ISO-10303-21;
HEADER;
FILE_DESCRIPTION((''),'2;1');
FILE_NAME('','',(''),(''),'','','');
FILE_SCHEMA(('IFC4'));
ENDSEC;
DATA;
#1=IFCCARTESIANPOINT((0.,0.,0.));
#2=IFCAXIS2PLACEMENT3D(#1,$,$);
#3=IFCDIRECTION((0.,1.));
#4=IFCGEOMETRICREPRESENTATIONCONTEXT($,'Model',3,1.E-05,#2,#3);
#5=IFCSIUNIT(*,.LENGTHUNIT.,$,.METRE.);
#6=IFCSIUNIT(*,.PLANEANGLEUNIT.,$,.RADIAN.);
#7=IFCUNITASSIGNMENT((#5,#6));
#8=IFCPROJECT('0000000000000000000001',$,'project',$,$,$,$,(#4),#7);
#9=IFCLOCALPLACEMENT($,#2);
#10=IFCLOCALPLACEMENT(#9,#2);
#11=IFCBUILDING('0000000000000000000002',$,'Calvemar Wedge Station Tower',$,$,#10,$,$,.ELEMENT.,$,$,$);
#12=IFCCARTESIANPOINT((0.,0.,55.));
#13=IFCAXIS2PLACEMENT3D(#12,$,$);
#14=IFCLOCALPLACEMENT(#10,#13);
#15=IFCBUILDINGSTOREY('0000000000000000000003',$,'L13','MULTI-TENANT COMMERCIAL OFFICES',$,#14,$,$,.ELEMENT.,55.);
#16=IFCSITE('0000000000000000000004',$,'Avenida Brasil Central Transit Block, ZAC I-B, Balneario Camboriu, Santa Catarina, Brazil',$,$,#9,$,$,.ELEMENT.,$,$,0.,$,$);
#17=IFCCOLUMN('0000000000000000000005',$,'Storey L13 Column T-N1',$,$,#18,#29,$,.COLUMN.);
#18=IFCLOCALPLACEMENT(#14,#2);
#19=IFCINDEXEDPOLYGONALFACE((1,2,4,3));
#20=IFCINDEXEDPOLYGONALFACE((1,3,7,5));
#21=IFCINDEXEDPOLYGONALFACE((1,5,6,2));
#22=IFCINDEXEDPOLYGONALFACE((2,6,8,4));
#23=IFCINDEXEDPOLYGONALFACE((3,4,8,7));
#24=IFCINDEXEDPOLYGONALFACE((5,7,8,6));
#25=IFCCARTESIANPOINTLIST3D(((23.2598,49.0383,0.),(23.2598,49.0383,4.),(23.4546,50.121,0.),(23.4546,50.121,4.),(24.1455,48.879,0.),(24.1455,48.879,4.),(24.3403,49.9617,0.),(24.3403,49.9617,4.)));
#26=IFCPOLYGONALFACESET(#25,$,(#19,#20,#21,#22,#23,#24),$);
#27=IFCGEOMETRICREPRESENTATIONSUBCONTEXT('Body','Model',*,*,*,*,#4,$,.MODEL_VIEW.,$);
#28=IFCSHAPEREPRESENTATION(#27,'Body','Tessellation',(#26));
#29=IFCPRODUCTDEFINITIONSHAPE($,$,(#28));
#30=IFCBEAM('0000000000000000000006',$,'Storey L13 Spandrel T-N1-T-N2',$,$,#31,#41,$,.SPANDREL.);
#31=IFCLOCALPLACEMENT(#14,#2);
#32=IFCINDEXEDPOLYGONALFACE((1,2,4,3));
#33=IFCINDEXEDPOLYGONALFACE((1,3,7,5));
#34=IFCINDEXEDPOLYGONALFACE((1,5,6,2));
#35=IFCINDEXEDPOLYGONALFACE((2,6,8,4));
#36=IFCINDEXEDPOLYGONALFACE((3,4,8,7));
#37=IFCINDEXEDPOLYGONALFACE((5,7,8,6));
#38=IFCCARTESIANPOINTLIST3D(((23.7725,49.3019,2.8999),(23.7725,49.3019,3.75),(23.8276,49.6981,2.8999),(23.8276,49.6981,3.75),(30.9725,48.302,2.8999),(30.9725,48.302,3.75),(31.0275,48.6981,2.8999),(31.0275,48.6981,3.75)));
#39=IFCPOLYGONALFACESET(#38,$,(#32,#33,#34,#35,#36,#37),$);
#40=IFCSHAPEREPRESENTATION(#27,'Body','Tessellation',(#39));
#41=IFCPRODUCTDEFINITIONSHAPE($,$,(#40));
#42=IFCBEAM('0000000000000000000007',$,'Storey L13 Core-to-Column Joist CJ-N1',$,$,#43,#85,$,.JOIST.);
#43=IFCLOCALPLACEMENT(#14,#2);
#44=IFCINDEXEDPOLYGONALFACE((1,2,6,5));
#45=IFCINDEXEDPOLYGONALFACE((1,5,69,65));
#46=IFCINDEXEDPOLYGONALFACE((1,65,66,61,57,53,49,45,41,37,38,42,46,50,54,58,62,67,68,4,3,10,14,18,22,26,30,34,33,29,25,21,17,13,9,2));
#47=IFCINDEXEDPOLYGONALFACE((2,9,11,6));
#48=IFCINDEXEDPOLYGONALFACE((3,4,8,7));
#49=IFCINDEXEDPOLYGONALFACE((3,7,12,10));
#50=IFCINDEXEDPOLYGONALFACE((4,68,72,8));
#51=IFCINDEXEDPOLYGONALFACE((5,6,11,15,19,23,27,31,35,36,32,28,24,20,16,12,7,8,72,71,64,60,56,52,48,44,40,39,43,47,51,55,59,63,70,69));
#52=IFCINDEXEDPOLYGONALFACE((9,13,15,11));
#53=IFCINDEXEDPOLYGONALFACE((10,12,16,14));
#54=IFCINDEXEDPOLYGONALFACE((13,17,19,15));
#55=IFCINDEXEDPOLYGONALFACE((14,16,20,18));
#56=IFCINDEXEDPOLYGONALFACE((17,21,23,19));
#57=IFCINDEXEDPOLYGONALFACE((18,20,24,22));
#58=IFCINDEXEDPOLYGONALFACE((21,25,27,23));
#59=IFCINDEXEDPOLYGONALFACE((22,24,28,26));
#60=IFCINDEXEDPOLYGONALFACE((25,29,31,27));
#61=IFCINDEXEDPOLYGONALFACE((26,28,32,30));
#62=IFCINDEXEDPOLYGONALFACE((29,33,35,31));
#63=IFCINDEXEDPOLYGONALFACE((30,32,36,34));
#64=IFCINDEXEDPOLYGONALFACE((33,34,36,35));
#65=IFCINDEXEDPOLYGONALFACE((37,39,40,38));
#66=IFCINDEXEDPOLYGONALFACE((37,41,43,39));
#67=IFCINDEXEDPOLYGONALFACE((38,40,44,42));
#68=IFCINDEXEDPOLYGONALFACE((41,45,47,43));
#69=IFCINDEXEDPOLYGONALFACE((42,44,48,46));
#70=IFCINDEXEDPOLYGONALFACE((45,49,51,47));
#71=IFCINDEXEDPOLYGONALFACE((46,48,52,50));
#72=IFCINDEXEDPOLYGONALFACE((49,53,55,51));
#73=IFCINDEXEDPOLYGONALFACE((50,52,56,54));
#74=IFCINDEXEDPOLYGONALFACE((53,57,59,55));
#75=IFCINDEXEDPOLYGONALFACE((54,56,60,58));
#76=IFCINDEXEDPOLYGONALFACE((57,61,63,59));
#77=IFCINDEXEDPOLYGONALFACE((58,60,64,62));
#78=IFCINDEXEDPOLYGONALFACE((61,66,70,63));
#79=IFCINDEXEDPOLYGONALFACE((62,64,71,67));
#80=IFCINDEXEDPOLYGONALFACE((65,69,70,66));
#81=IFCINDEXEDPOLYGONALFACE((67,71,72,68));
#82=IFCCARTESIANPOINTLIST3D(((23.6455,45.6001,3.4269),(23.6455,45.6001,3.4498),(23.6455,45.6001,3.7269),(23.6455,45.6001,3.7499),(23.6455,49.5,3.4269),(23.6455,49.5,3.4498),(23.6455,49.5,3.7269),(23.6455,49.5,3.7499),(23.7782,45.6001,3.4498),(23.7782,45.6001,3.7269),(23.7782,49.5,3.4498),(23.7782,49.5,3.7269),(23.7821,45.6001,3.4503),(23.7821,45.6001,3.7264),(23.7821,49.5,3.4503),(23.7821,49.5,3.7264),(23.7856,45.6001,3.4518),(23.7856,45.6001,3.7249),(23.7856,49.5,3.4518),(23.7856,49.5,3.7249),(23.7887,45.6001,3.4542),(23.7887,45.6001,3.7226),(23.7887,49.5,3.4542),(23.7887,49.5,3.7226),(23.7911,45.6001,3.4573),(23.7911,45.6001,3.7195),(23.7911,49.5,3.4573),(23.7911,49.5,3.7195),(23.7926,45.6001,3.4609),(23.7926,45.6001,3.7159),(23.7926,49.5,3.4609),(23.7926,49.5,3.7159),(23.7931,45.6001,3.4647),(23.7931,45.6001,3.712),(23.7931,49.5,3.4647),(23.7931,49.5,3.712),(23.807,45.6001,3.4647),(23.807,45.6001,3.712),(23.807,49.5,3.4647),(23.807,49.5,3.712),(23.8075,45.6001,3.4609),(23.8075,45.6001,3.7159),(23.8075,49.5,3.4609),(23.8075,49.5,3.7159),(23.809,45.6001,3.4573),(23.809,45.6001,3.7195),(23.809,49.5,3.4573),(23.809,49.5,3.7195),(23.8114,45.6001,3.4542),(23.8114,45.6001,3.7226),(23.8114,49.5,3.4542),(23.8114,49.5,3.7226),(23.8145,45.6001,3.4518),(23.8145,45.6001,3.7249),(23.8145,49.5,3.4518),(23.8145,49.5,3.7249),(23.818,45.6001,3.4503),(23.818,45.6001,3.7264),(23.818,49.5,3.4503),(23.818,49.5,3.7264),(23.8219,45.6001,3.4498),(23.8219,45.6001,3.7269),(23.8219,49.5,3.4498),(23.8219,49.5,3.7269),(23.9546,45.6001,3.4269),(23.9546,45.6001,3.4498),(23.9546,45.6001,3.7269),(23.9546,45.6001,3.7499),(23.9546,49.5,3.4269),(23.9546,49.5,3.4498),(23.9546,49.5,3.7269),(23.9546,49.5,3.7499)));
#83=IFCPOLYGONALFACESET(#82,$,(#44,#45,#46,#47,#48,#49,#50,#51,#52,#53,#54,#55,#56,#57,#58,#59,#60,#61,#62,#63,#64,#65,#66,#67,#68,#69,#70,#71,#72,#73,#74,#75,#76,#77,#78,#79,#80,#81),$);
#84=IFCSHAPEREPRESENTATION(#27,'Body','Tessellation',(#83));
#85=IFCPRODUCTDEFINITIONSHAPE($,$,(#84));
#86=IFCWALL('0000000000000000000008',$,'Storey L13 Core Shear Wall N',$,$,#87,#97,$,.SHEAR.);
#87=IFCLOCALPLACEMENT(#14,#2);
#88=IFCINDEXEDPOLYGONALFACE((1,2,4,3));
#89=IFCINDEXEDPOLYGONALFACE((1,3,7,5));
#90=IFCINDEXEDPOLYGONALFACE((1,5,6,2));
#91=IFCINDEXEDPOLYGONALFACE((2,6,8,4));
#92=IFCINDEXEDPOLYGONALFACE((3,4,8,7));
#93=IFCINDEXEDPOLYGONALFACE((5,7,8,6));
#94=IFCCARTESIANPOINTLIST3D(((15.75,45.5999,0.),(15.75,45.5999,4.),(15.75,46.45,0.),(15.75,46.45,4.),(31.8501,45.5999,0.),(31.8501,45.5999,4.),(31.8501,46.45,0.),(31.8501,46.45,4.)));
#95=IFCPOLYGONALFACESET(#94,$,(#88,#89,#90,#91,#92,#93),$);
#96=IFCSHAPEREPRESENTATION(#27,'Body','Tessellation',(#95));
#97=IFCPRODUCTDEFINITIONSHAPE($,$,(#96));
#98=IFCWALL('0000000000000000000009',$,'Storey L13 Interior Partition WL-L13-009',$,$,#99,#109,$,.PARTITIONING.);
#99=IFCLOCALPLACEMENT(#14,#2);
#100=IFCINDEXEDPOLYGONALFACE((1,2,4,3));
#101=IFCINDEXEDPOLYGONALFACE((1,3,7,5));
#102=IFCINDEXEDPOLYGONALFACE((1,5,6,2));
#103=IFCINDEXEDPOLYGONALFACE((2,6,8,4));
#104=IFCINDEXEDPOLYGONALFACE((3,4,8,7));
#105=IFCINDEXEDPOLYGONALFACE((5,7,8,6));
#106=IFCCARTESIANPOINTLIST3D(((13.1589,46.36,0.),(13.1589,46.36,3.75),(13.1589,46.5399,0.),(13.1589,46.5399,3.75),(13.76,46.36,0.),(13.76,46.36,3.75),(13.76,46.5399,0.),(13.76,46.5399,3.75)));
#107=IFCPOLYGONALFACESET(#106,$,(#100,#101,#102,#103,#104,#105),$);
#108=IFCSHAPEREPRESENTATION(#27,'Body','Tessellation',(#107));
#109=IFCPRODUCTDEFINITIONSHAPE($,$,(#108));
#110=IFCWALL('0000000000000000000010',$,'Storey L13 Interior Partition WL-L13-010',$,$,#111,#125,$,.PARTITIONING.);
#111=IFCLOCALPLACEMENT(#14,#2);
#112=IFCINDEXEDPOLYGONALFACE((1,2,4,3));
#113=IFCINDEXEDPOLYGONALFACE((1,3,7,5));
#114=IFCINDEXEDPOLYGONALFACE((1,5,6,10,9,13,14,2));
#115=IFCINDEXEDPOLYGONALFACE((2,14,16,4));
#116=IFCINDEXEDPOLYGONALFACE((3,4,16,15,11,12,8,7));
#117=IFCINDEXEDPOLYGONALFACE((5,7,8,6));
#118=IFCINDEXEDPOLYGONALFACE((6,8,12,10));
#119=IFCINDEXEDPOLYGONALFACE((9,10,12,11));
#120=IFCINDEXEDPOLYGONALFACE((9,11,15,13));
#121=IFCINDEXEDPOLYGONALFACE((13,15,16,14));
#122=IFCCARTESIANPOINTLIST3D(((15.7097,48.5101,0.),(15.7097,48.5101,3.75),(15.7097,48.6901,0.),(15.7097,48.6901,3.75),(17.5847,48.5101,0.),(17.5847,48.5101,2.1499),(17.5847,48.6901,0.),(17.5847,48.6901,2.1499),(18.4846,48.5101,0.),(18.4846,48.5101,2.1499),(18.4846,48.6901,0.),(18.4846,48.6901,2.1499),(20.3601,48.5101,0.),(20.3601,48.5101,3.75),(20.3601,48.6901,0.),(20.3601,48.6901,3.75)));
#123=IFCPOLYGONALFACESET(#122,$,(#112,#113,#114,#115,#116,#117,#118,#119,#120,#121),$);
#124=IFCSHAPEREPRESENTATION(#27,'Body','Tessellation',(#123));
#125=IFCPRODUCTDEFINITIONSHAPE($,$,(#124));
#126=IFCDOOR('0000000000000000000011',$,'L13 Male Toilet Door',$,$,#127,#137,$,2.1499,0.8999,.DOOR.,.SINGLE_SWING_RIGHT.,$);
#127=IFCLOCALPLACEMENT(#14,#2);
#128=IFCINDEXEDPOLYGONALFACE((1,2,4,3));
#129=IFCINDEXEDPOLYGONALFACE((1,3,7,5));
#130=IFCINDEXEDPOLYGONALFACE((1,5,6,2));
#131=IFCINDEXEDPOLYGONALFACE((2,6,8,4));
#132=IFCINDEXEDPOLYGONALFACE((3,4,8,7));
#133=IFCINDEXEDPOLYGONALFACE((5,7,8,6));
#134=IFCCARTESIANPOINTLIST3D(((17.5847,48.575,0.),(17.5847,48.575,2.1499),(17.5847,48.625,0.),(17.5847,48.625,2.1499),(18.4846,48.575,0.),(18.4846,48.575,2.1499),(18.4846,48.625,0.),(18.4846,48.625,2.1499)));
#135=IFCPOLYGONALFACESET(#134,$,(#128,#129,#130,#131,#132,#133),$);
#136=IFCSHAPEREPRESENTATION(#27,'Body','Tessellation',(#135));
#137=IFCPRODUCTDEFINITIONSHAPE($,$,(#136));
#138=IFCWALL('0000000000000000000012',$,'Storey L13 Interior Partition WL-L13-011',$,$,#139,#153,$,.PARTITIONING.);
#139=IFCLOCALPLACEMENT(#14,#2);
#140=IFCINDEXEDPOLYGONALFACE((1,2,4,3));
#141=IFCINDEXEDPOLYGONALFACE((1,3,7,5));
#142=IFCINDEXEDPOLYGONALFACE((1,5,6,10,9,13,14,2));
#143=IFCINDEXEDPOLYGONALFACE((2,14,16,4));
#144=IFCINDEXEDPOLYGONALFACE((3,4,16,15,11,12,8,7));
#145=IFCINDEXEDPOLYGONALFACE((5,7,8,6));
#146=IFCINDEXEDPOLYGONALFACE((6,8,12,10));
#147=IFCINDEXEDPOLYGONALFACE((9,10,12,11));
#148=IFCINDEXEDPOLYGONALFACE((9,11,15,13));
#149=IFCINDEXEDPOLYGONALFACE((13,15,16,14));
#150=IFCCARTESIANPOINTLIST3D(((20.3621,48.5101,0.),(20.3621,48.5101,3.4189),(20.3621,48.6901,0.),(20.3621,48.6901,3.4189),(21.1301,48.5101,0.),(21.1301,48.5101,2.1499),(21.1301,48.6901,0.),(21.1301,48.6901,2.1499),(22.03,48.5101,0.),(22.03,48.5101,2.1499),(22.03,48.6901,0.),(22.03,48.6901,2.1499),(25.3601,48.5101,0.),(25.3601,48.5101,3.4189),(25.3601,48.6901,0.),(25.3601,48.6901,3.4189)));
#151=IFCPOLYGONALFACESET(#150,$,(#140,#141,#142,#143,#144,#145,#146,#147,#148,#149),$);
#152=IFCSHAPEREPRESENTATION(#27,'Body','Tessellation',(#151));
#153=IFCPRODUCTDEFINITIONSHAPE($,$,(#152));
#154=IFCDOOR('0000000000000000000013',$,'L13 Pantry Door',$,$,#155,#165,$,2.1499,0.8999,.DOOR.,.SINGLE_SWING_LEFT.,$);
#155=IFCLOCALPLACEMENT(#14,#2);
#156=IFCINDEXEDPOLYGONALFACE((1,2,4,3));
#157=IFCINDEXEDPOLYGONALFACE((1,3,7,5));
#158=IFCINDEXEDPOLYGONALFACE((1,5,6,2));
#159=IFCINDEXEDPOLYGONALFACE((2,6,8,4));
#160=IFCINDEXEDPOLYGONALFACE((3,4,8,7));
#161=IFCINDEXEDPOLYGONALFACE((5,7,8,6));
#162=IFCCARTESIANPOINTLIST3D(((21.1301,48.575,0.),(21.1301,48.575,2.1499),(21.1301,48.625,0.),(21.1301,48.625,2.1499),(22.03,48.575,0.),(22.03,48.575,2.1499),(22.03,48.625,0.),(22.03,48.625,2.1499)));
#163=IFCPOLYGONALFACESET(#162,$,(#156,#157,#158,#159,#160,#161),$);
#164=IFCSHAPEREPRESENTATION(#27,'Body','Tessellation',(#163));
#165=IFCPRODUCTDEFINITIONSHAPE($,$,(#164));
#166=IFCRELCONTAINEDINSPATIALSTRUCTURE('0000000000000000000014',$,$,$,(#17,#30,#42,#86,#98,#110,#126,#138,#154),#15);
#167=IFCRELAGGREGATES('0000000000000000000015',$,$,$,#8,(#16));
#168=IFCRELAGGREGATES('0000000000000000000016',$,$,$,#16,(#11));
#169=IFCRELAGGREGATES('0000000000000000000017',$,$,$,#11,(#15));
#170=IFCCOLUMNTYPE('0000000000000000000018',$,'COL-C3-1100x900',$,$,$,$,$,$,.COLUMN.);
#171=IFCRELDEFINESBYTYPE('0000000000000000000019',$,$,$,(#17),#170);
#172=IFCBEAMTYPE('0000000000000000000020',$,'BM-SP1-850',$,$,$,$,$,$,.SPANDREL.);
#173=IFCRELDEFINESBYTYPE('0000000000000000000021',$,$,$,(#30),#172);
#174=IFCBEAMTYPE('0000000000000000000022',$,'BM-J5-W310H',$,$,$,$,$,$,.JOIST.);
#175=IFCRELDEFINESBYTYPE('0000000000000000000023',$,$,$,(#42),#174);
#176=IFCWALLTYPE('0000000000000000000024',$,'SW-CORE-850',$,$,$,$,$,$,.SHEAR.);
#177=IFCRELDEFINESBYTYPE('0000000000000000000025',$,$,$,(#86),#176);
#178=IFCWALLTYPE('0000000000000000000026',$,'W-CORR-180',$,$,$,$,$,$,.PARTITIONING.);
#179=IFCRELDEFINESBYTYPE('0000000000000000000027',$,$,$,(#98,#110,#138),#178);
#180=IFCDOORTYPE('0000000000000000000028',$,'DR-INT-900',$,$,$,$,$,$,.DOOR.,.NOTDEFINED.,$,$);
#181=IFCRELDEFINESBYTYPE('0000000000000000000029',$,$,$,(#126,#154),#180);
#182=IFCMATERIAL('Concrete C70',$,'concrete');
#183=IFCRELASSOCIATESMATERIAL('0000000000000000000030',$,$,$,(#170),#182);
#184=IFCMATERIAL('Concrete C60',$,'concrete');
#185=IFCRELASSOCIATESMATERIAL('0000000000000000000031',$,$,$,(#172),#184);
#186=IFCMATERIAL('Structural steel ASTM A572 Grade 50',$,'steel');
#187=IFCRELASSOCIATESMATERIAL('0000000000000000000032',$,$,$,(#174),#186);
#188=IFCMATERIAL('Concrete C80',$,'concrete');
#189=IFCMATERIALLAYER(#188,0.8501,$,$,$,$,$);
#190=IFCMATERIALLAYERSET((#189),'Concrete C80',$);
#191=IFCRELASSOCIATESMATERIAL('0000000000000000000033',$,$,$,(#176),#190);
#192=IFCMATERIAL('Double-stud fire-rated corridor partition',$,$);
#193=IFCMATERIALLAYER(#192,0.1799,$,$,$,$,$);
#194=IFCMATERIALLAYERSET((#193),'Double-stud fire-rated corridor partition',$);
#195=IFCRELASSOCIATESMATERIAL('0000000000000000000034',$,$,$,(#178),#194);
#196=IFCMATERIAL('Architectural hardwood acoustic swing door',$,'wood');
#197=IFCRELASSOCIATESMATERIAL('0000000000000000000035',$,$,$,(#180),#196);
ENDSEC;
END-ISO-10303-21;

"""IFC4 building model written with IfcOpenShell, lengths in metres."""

from ifc_helpers import new_model, si_unit, direction, frame, frame_2d, origin, origin_2d, place, context, subcontext, project, spatial, rectangle, i_section, extrude, source, transform, mapped, material, layer, layer_set, material_profile, profile_set, type_object, element, fill, save


model = new_model("IFC4")

# Units and contexts
model_context = context("Model", 3, precision=1e-05, world=origin(), true_north=direction((0.0, 1.0)))
body_context = subcontext(model_context, "Body", "Model", "MODEL_VIEW")
ifc_project = project(units=[si_unit("LENGTHUNIT", "METRE"), si_unit("PLANEANGLEUNIT", "RADIAN")], contexts=[model_context])

# Site, building, storey
site_placement = place(None, origin())
site = spatial("IfcSite", under=ifc_project, at=site_placement, Name="Avenida Brasil Central Transit Block, ZAC I-B, Balneario Camboriu, Santa Catarina, Brazil", CompositionType="ELEMENT", RefElevation=0.0)
building_placement = place(site_placement, origin())
building = spatial("IfcBuilding", under=site, at=building_placement, Name="Calvemar Wedge Station Tower", CompositionType="ELEMENT")
storey_placement = place(building_placement, frame((0.0, 0.0, 55.0)))
storey = spatial("IfcBuildingStorey", under=building, at=storey_placement, Name="L13", Description="MULTI-TENANT COMMERCIAL OFFICES", CompositionType="ELEMENT", Elevation=55.0)

# Column
ifc_material_1 = material(Name="Concrete C70", Category="concrete")
ifc_material_profile_1 = material_profile(ifc_material_1, rectangle(XDim=0.8999, YDim=1.1001, at=origin_2d()), Name="RC1100x900")
ifc_profile_set_1 = profile_set([ifc_material_profile_1], Name="Concrete C70")
column_type = type_object("IfcColumnType", Name="COL-C3-1100x900", PredefinedType="COLUMN", material=ifc_profile_set_1)
shared_shape_1 = source(origin(), body_context, "Body", "SweptSolid", [
    extrude(rectangle(XDim=0.8999, YDim=1.1001, at=origin_2d()), origin(), (0.0, 0.0, 1.0), 4.0),
])
column_placement = place(storey_placement, frame((23.8, 49.5, 0.0), z_axis=(0.0, 0.0, 1.0), x_axis=(0.984196, -0.177085, 0.0)))
element("IfcColumn", 1, at=column_placement, inside=storey, type_object=column_type, Name="Storey L13 Column T-N1", PredefinedType="COLUMN", context=body_context, shape_type="MappedRepresentation", body=[
    mapped(shared_shape_1, transform((0.0, 0.0, 0.0), scale=1.0)),
])

# Beams
ifc_material_2 = material(Name="Concrete C60", Category="concrete")
ifc_material_profile_2 = material_profile(ifc_material_2, rectangle(XDim=0.3999, YDim=0.8501, at=origin_2d()), Name="RC400x850")
ifc_profile_set_2 = profile_set([ifc_material_profile_2], Name="Concrete C60")
beam_type_1 = type_object("IfcBeamType", Name="BM-SP1-850", PredefinedType="SPANDREL", material=ifc_profile_set_2)
shared_shape_2 = source(origin(), body_context, "Body", "SweptSolid", [
    extrude(rectangle(XDim=0.3999, YDim=0.8501, at=origin_2d()), origin(), (0.0, 0.0, 1.0), 7.269),
])
beam_1_placement = place(storey_placement, frame((23.8, 49.5, 3.325), z_axis=(0.990492, -0.137569, 0.0), x_axis=(0.137569, 0.990492, 0.0)))
element("IfcBeam", 2, at=beam_1_placement, inside=storey, type_object=beam_type_1, Name="Storey L13 Spandrel T-N1-T-N2", PredefinedType="SPANDREL", context=body_context, shape_type="MappedRepresentation", body=[
    mapped(shared_shape_2, transform((0.0, 0.0, 0.0), scale=1.0)),
])
ifc_material_3 = material(Name="Structural steel ASTM A572 Grade 50", Category="steel")
ifc_material_profile_3 = material_profile(ifc_material_3, i_section(OverallWidth=0.3091, OverallDepth=0.323, WebThickness=0.0139, FlangeThickness=0.0229, FilletRadius=0.0149, at=origin_2d()), Name="W310x143")
ifc_profile_set_3 = profile_set([ifc_material_profile_3], Name="Structural steel ASTM A572 Grade 50")
beam_type_2 = type_object("IfcBeamType", Name="BM-J5-W310H", PredefinedType="JOIST", material=ifc_profile_set_3)
shared_shape_3 = source(origin(), body_context, "Body", "SweptSolid", [
    extrude(i_section(OverallWidth=0.3091, OverallDepth=0.323, WebThickness=0.0139, FlangeThickness=0.0229, FilletRadius=0.0149, at=origin_2d()), origin(), (0.0, 0.0, 1.0), 3.8999),
])
beam_2_placement = place(storey_placement, frame((23.8, 45.6001, 3.5884), z_axis=(0.0, 1.0, 0.0), x_axis=(-1.0, 0.0, 0.0)))
element("IfcBeam", 3, at=beam_2_placement, inside=storey, type_object=beam_type_2, Name="Storey L13 Core-to-Column Joist CJ-N1", PredefinedType="JOIST", context=body_context, shape_type="MappedRepresentation", body=[
    mapped(shared_shape_3, transform((0.0, 0.0, 0.0), scale=1.0)),
])

# Walls
ifc_material_4 = material(Name="Concrete C80", Category="concrete")
ifc_layer_1 = layer(ifc_material_4, 0.8501)
ifc_layer_set_1 = layer_set([ifc_layer_1], Name="Concrete C80")
wall_type_1 = type_object("IfcWallType", Name="SW-CORE-850", PredefinedType="SHEAR", material=ifc_layer_set_1)
wall_1_placement = place(storey_placement, frame((15.75, 46.0249, 0.0), z_axis=(0.0, 0.0, 1.0), x_axis=(1.0, 0.0, 0.0)))
element("IfcWall", 4, at=wall_1_placement, inside=storey, type_object=wall_type_1, Name="Storey L13 Core Shear Wall N", PredefinedType="SHEAR", context=body_context, shape_type="SweptSolid", body=[
    extrude(rectangle(XDim=16.1001, YDim=0.8501, at=frame_2d((8.05, 0.0))), origin(), (0.0, 0.0, 1.0), 4.0),
])
ifc_material_5 = material(Name="Double-stud fire-rated corridor partition")
ifc_layer_2 = layer(ifc_material_5, 0.1799)
ifc_layer_set_2 = layer_set([ifc_layer_2], Name="Double-stud fire-rated corridor partition")
wall_type_2 = type_object("IfcWallType", Name="W-CORR-180", PredefinedType="PARTITIONING", material=ifc_layer_set_2)
wall_2_placement = place(storey_placement, frame((13.76, 46.45, 0.0), z_axis=(0.0, 0.0, 1.0), x_axis=(-1.0, 0.0, 0.0)))
element("IfcWall", 5, at=wall_2_placement, inside=storey, type_object=wall_type_2, Name="Storey L13 Interior Partition WL-L13-009", PredefinedType="PARTITIONING", context=body_context, shape_type="SweptSolid", body=[
    extrude(rectangle(XDim=0.6011, YDim=0.1799, at=frame_2d((0.3005, 0.0))), origin(), (0.0, 0.0, 1.0), 3.75),
])

# Walls, openings, doors
wall_3_placement = place(storey_placement, frame((15.7097, 48.6001, 0.0), z_axis=(0.0, 0.0, 1.0), x_axis=(1.0, 0.0, 0.0)))
wall_3 = element("IfcWall", 6, at=wall_3_placement, inside=storey, type_object=wall_type_2, Name="Storey L13 Interior Partition WL-L13-010", PredefinedType="PARTITIONING", context=body_context, shape_type="SweptSolid", body=[
    extrude(rectangle(XDim=4.6504, YDim=0.1799, at=frame_2d((2.3252, 0.0))), origin(), (0.0, 0.0, 1.0), 3.75),
])
shared_shape_4 = source(origin(), body_context, "Body", "SweptSolid", [
    extrude(rectangle(XDim=0.8999, YDim=2.1499, at=frame_2d((0.45, 1.075))), frame((0.0, 0.1001, 0.0), z_axis=(0.0, -1.0, 0.0), x_axis=(1.0, 0.0, 0.0)), (0.0, 0.0, 1.0), 0.2),
])
opening_1_placement = place(wall_3_placement, frame((1.875, 0.0, 0.0)))
opening_1 = element("IfcOpeningElement", 7, at=opening_1_placement, cuts=wall_3, PredefinedType="OPENING", context=body_context, shape_type="MappedRepresentation", body=[
    mapped(shared_shape_4, transform((0.0, 0.0, 0.0), scale=1.0)),
])
ifc_material_6 = material(Name="Architectural hardwood acoustic swing door", Category="wood")
door_type = type_object("IfcDoorType", Name="DR-INT-900", OperationType="NOTDEFINED", PredefinedType="DOOR", material=ifc_material_6)
shared_shape_5 = source(origin(), body_context, "Body", "SweptSolid", [
    extrude(rectangle(XDim=0.8999, YDim=2.1499, at=frame_2d((0.45, 1.075))), frame((0.0, 0.0249, 0.0), z_axis=(0.0, -1.0, 0.0), x_axis=(1.0, 0.0, 0.0)), (0.0, 0.0, 1.0), 0.05),
])
door_1_placement = place(opening_1_placement, origin())
door_1 = element("IfcDoor", 8, at=door_1_placement, inside=storey, type_object=door_type, Name="L13 Male Toilet Door", OperationType="SINGLE_SWING_RIGHT", OverallHeight=2.1499, OverallWidth=0.8999, PredefinedType="DOOR", context=body_context, shape_type="MappedRepresentation", body=[
    mapped(shared_shape_5, transform((0.0, 0.0, 0.0), scale=1.0)),
])
fill(opening_1, door_1)
wall_4_placement = place(storey_placement, frame((20.3621, 48.6001, 0.0), z_axis=(0.0, 0.0, 1.0), x_axis=(1.0, 0.0, 0.0)))
wall_4 = element("IfcWall", 9, at=wall_4_placement, inside=storey, type_object=wall_type_2, Name="Storey L13 Interior Partition WL-L13-011", PredefinedType="PARTITIONING", context=body_context, shape_type="SweptSolid", body=[
    extrude(rectangle(XDim=4.998, YDim=0.1799, at=frame_2d((2.499, 0.0))), origin(), (0.0, 0.0, 1.0), 3.4189),
])
opening_2_placement = place(wall_4_placement, frame((0.7681, 0.0, 0.0)))
opening_2 = element("IfcOpeningElement", 10, at=opening_2_placement, cuts=wall_4, PredefinedType="OPENING", context=body_context, shape_type="MappedRepresentation", body=[
    mapped(shared_shape_4, transform((0.0, 0.0, 0.0), scale=1.0)),
])
door_2_placement = place(opening_2_placement, origin())
door_2 = element("IfcDoor", 11, at=door_2_placement, inside=storey, type_object=door_type, Name="L13 Pantry Door", OperationType="SINGLE_SWING_LEFT", OverallHeight=2.1499, OverallWidth=0.8999, PredefinedType="DOOR", context=body_context, shape_type="MappedRepresentation", body=[
    mapped(shared_shape_5, transform((0.0, 0.0, 0.0), scale=1.0)),
])
fill(opening_2, door_2)

save(model, "model.ifc")
